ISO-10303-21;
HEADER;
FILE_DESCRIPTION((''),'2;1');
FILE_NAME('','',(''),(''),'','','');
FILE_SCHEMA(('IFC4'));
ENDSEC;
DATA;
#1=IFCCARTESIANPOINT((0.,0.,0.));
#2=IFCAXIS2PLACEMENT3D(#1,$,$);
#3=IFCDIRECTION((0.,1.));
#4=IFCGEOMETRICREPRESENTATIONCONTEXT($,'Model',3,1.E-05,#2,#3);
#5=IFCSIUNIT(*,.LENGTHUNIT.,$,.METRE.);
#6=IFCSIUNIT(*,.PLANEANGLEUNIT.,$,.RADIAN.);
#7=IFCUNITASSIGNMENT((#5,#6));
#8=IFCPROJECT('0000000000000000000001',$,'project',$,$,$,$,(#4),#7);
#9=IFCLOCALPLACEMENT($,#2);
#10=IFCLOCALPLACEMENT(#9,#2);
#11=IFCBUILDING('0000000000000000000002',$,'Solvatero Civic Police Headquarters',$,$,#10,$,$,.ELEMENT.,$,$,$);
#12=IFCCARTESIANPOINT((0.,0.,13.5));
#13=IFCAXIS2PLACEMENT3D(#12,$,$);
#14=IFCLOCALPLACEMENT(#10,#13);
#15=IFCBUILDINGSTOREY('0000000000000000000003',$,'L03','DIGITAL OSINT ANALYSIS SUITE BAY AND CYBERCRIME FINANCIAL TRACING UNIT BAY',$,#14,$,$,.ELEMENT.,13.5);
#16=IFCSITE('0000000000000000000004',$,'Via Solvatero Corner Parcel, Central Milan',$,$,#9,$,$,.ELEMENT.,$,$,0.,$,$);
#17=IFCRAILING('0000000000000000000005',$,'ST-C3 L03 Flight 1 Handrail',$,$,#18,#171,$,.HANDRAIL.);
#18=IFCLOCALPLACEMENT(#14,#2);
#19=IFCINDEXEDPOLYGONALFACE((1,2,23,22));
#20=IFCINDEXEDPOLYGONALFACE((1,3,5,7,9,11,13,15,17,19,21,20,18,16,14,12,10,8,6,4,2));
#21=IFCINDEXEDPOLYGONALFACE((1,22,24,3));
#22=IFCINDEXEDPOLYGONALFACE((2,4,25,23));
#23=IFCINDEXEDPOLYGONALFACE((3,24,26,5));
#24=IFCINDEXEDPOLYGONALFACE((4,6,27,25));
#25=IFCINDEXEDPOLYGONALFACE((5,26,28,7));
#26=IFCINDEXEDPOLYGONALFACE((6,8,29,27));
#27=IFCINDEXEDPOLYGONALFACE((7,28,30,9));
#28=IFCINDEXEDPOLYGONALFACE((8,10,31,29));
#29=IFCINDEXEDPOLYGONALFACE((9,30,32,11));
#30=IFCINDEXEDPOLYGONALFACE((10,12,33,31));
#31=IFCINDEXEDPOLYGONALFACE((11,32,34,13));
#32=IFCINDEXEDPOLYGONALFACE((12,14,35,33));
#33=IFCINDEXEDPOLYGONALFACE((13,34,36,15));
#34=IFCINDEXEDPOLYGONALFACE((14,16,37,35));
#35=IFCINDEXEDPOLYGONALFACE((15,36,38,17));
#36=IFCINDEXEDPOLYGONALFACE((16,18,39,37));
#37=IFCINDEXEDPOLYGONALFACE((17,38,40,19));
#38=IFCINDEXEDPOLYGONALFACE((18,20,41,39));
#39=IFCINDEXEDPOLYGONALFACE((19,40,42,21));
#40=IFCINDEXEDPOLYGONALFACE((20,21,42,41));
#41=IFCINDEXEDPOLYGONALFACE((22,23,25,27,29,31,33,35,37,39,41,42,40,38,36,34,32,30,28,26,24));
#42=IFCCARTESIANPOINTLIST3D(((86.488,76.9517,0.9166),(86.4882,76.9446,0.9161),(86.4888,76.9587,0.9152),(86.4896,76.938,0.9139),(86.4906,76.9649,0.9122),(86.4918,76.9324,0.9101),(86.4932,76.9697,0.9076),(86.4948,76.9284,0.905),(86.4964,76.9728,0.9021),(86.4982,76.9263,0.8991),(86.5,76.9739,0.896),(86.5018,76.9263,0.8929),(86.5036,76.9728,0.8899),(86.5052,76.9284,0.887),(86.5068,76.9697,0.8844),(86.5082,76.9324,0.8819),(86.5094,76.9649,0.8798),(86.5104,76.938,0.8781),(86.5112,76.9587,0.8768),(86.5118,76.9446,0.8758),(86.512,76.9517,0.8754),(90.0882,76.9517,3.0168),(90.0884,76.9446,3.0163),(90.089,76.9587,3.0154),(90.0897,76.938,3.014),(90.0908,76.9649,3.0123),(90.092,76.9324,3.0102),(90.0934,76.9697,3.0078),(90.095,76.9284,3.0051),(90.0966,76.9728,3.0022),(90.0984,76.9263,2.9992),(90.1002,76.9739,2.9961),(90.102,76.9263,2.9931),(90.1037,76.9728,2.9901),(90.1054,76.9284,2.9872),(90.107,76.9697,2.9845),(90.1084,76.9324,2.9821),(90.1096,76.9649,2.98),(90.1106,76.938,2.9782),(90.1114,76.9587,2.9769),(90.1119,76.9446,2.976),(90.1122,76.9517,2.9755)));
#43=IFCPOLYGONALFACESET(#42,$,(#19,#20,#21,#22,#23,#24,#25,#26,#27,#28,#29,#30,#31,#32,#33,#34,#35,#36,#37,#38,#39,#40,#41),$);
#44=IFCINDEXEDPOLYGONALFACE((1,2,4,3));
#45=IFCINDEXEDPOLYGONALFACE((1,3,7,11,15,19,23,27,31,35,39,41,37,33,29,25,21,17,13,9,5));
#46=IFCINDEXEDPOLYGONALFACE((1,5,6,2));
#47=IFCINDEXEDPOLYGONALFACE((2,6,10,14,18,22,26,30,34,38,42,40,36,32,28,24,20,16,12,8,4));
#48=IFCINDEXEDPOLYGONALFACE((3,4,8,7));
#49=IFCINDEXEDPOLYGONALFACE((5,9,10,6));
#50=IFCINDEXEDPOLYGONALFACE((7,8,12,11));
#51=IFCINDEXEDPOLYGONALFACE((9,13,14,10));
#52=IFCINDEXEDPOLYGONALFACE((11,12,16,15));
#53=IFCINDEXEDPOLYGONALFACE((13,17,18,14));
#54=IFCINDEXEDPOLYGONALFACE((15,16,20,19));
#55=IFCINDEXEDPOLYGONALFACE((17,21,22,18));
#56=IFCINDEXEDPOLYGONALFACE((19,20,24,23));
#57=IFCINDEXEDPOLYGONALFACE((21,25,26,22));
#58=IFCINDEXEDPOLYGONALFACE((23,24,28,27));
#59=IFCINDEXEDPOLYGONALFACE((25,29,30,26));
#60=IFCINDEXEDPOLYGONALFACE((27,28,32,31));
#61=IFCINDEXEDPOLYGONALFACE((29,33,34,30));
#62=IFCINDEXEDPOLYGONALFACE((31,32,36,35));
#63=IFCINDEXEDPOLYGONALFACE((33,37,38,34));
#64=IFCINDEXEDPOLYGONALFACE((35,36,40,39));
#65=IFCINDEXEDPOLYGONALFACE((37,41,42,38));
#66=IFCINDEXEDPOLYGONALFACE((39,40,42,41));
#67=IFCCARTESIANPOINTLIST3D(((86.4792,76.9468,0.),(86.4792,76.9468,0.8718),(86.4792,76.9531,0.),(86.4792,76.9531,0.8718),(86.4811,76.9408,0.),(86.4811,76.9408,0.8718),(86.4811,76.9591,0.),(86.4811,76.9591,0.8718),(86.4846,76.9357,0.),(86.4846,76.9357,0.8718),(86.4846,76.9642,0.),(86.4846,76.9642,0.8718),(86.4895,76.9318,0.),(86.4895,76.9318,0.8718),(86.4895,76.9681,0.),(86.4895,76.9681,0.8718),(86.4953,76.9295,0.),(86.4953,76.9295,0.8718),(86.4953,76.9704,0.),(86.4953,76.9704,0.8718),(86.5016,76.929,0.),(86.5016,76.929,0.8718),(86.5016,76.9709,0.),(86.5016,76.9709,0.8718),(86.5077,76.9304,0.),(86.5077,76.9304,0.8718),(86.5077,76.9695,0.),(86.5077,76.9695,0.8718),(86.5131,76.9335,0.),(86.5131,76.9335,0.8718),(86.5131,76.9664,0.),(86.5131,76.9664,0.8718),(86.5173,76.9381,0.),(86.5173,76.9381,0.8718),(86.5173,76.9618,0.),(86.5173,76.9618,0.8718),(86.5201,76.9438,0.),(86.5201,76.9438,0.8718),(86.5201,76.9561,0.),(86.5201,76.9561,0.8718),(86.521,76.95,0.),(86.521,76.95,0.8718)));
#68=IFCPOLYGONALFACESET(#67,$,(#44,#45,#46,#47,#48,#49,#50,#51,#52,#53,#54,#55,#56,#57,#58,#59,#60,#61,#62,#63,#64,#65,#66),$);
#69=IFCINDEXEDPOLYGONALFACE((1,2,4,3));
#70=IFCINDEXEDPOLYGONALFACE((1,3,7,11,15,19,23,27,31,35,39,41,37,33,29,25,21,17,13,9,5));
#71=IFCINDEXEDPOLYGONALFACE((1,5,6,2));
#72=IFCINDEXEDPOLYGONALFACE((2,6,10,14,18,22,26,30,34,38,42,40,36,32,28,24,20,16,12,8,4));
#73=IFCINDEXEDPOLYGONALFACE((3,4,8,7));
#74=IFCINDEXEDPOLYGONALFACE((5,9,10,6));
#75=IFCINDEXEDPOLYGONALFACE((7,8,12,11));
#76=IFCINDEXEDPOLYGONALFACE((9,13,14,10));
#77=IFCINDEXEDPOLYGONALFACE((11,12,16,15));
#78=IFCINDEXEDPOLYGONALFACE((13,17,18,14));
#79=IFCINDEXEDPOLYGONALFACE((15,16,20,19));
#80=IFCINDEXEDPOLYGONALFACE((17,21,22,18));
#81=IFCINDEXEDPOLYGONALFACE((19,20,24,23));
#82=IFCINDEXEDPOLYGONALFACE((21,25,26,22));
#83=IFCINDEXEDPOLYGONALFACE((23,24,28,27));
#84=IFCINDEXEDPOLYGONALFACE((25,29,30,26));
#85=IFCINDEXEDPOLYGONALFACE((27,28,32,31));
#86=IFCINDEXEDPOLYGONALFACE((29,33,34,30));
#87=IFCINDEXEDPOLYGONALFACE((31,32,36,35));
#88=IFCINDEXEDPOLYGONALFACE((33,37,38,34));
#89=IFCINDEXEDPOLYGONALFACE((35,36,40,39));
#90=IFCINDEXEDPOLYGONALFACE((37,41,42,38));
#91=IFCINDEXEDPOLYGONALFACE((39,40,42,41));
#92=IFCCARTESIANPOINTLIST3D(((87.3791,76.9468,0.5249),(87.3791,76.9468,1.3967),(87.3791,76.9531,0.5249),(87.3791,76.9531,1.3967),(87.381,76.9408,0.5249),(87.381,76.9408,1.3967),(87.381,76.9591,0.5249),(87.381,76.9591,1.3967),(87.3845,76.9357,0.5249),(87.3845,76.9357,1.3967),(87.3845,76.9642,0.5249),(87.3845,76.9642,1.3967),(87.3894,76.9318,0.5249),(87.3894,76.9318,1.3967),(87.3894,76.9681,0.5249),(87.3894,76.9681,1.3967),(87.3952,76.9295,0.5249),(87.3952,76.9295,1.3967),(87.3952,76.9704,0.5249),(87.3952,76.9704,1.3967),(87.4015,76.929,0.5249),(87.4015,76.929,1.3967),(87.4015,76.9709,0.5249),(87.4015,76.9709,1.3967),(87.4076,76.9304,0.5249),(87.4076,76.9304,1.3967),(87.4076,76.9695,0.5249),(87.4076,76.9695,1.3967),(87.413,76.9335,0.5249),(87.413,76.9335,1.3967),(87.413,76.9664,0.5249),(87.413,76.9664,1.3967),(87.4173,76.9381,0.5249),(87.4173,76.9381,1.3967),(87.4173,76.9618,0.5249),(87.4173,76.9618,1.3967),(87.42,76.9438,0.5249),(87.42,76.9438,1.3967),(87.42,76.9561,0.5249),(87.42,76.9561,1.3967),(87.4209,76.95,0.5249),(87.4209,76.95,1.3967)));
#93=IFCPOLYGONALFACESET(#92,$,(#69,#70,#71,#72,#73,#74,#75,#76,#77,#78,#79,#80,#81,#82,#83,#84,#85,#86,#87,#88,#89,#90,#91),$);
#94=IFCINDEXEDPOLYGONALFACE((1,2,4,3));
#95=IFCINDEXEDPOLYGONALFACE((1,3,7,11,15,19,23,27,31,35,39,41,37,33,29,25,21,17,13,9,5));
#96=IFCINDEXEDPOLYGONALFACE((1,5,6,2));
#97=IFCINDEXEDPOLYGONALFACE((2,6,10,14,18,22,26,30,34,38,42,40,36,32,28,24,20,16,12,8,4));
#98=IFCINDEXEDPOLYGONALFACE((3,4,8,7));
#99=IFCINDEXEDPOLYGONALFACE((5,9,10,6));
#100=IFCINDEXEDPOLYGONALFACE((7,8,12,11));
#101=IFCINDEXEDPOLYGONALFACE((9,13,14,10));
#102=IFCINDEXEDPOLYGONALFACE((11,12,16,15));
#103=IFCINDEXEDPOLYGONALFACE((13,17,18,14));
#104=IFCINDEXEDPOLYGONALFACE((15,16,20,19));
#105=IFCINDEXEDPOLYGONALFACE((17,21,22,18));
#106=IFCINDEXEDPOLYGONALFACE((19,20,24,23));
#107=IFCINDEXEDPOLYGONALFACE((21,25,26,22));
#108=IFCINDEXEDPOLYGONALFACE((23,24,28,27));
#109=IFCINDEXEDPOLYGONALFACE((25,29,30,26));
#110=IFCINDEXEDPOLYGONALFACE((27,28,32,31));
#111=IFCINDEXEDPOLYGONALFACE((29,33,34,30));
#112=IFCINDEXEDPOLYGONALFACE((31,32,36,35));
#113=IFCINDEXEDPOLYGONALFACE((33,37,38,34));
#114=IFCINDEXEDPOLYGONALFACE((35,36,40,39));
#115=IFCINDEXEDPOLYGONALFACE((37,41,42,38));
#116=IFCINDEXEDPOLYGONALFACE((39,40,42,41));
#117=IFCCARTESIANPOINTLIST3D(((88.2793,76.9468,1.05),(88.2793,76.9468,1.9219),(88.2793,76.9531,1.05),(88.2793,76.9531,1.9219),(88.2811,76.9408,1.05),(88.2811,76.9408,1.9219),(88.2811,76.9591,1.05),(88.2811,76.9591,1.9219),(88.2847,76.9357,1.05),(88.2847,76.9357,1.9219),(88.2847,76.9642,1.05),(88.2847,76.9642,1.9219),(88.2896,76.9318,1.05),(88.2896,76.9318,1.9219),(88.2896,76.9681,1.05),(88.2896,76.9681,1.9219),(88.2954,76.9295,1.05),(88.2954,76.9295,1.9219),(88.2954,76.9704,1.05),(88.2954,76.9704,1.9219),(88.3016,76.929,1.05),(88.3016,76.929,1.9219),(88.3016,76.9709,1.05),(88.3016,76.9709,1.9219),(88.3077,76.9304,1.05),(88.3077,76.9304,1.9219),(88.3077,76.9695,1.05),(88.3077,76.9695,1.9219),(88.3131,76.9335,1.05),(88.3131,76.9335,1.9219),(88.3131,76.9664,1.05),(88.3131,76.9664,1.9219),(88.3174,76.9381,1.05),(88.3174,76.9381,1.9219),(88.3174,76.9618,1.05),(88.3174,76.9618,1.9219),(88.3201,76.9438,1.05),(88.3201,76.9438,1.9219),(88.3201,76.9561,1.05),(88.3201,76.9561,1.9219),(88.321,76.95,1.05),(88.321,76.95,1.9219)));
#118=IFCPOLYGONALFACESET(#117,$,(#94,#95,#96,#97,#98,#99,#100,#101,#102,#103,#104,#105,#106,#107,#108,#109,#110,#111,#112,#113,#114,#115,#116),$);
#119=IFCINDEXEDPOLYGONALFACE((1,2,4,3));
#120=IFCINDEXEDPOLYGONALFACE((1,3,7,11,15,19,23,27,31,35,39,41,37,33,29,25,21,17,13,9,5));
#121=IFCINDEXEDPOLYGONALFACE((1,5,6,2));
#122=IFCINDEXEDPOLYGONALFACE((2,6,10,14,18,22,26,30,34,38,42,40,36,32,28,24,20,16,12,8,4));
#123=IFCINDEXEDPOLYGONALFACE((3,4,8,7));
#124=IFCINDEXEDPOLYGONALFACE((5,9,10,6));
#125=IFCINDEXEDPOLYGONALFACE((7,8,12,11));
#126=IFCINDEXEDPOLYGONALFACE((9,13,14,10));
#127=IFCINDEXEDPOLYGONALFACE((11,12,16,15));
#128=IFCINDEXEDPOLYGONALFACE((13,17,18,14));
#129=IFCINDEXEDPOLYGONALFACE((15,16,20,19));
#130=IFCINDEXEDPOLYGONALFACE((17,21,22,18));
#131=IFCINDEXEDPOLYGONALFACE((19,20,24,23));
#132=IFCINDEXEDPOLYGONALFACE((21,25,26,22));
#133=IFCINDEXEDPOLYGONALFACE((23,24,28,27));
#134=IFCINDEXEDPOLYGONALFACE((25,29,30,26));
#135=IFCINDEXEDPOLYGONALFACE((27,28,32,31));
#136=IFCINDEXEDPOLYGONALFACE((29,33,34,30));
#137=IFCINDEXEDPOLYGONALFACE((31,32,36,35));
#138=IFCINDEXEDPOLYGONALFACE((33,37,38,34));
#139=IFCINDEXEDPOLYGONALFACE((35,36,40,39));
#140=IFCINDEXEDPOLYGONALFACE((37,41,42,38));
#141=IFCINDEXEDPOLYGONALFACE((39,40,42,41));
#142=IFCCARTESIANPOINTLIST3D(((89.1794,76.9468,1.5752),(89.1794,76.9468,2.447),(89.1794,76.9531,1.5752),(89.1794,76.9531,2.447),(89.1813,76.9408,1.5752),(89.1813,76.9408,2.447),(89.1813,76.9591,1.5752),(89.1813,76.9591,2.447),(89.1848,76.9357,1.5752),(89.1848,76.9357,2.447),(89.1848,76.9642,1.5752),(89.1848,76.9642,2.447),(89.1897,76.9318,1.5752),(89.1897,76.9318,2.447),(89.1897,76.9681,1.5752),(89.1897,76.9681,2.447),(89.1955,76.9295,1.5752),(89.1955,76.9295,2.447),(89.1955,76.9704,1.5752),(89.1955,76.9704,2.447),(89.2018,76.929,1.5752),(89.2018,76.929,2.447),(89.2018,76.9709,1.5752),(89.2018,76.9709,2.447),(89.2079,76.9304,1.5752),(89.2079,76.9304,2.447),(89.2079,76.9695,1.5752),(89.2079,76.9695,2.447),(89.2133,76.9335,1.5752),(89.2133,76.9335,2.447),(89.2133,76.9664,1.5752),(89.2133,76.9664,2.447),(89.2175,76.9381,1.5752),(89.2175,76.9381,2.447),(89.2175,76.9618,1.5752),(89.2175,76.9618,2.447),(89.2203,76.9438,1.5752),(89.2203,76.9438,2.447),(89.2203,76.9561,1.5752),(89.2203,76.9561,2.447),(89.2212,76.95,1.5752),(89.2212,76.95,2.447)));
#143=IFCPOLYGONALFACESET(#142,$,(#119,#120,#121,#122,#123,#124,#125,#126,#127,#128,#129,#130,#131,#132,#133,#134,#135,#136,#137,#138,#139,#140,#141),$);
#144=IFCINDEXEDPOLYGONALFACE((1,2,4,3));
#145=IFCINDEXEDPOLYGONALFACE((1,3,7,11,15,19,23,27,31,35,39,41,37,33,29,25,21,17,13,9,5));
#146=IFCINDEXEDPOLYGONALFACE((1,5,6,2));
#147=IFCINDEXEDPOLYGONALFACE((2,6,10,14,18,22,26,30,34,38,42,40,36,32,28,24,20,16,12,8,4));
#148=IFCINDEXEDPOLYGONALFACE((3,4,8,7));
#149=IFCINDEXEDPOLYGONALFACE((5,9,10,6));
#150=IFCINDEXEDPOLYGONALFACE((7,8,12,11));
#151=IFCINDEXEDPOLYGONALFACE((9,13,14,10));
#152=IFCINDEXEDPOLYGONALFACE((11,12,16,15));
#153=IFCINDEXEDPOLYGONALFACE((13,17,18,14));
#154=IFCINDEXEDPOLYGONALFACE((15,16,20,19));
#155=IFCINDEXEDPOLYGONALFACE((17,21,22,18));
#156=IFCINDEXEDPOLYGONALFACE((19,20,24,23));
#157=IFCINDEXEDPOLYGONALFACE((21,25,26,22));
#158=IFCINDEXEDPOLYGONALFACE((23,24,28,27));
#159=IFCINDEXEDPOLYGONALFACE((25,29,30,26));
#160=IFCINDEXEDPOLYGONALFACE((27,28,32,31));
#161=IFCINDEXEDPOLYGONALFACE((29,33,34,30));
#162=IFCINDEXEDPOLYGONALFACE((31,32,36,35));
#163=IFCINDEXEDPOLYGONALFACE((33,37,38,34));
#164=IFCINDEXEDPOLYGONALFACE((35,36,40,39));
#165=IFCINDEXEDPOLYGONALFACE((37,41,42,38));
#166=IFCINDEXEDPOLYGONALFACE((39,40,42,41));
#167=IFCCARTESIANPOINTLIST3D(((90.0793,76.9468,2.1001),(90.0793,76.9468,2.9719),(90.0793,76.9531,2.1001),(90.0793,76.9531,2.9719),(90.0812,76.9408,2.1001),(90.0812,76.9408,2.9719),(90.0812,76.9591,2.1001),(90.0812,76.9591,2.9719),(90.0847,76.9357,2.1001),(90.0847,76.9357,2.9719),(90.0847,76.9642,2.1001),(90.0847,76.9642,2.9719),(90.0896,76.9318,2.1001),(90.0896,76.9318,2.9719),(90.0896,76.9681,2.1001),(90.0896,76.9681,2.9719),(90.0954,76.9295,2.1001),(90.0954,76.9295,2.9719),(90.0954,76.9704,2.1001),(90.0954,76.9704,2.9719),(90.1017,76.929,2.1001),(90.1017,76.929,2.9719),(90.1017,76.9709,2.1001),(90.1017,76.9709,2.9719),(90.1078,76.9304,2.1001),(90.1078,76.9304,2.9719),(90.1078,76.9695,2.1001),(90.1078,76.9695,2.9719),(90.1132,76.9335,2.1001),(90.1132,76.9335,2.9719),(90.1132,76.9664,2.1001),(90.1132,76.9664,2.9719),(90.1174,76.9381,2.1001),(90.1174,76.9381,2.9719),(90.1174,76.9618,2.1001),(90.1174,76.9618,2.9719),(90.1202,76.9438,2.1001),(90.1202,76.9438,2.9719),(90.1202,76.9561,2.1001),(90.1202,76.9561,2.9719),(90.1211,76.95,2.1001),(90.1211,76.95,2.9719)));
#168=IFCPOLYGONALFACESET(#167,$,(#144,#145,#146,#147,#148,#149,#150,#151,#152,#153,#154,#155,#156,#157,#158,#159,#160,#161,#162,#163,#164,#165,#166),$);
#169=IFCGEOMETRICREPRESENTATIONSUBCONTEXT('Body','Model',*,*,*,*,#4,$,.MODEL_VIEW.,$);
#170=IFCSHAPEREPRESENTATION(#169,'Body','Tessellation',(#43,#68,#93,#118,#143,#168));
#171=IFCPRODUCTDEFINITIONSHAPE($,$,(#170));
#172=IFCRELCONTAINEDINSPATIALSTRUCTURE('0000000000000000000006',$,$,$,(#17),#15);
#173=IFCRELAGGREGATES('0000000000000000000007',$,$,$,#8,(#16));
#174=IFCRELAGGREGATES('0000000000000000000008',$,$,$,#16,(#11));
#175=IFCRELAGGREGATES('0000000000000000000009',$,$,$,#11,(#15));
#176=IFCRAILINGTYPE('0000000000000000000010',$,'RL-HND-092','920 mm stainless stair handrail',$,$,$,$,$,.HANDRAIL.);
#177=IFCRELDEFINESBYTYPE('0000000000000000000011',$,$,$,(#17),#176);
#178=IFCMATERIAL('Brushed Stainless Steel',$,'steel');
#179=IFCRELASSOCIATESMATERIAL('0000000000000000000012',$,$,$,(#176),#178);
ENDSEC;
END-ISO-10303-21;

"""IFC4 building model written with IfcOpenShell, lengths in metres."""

from ifc_helpers import new_model, si_unit, direction, frame, origin, origin_2d, place, context, subcontext, project, spatial, circle, extrude, material, type_object, element, save


model = new_model("IFC4")

# Units and contexts
model_context = context("Model", 3, precision=1e-05, world=origin(), true_north=direction((0.0, 1.0)))
body_context = subcontext(model_context, "Body", "Model", "MODEL_VIEW")
ifc_project = project(units=[si_unit("LENGTHUNIT", "METRE"), si_unit("PLANEANGLEUNIT", "RADIAN")], contexts=[model_context])

# Site, building, storey
site_placement = place(None, origin())
site = spatial("IfcSite", under=ifc_project, at=site_placement, Name="Via Solvatero Corner Parcel, Central Milan", CompositionType="ELEMENT", RefElevation=0.0)
building_placement = place(site_placement, origin())
building = spatial("IfcBuilding", under=site, at=building_placement, Name="Solvatero Civic Police Headquarters", CompositionType="ELEMENT")
storey_placement = place(building_placement, frame((0.0, 0.0, 13.5)))
storey = spatial("IfcBuildingStorey", under=building, at=storey_placement, Name="L03", Description="DIGITAL OSINT ANALYSIS SUITE BAY AND CYBERCRIME FINANCIAL TRACING UNIT BAY", CompositionType="ELEMENT", Elevation=13.5)

# Railing
ifc_material_1 = material(Name="Brushed Stainless Steel", Category="steel")
railing_type_1 = type_object("IfcRailingType", Name="RL-HND-092", Description="920 mm stainless stair handrail", PredefinedType="HANDRAIL", material=ifc_material_1)
railing_1_placement = place(storey_placement, frame((86.5, 76.95, 0.0)))
element("IfcRailing", 1, at=railing_1_placement, inside=storey, type_object=railing_type_1, Name="ST-C3 L03 Flight 1 Handrail", PredefinedType="HANDRAIL", context=body_context, shape_type="SweptSolid", body=[
    extrude(circle(Radius=0.0239, at=origin_2d()), frame((0.0, 0.0, 0.896), z_axis=(0.863775, 0.0, 0.503878), x_axis=(0.0, 1.0, 0.0)), (0.0, 0.0, 1.0), 4.168),
    extrude(circle(Radius=0.021, at=origin_2d()), origin(), (0.0, 0.0, 1.0), 0.8718),
    extrude(circle(Radius=0.021, at=origin_2d()), frame((0.8999, 0.0, 0.5249)), (0.0, 0.0, 1.0), 0.8718),
    extrude(circle(Radius=0.021, at=origin_2d()), frame((1.8, 0.0, 1.05)), (0.0, 0.0, 1.0), 0.8718),
    extrude(circle(Radius=0.021, at=origin_2d()), frame((2.7002, 0.0, 1.5752)), (0.0, 0.0, 1.0), 0.8718),
    extrude(circle(Radius=0.021, at=origin_2d()), frame((3.6001, 0.0, 2.1001)), (0.0, 0.0, 1.0), 0.8718),
])

save(model, "model.ifc")
